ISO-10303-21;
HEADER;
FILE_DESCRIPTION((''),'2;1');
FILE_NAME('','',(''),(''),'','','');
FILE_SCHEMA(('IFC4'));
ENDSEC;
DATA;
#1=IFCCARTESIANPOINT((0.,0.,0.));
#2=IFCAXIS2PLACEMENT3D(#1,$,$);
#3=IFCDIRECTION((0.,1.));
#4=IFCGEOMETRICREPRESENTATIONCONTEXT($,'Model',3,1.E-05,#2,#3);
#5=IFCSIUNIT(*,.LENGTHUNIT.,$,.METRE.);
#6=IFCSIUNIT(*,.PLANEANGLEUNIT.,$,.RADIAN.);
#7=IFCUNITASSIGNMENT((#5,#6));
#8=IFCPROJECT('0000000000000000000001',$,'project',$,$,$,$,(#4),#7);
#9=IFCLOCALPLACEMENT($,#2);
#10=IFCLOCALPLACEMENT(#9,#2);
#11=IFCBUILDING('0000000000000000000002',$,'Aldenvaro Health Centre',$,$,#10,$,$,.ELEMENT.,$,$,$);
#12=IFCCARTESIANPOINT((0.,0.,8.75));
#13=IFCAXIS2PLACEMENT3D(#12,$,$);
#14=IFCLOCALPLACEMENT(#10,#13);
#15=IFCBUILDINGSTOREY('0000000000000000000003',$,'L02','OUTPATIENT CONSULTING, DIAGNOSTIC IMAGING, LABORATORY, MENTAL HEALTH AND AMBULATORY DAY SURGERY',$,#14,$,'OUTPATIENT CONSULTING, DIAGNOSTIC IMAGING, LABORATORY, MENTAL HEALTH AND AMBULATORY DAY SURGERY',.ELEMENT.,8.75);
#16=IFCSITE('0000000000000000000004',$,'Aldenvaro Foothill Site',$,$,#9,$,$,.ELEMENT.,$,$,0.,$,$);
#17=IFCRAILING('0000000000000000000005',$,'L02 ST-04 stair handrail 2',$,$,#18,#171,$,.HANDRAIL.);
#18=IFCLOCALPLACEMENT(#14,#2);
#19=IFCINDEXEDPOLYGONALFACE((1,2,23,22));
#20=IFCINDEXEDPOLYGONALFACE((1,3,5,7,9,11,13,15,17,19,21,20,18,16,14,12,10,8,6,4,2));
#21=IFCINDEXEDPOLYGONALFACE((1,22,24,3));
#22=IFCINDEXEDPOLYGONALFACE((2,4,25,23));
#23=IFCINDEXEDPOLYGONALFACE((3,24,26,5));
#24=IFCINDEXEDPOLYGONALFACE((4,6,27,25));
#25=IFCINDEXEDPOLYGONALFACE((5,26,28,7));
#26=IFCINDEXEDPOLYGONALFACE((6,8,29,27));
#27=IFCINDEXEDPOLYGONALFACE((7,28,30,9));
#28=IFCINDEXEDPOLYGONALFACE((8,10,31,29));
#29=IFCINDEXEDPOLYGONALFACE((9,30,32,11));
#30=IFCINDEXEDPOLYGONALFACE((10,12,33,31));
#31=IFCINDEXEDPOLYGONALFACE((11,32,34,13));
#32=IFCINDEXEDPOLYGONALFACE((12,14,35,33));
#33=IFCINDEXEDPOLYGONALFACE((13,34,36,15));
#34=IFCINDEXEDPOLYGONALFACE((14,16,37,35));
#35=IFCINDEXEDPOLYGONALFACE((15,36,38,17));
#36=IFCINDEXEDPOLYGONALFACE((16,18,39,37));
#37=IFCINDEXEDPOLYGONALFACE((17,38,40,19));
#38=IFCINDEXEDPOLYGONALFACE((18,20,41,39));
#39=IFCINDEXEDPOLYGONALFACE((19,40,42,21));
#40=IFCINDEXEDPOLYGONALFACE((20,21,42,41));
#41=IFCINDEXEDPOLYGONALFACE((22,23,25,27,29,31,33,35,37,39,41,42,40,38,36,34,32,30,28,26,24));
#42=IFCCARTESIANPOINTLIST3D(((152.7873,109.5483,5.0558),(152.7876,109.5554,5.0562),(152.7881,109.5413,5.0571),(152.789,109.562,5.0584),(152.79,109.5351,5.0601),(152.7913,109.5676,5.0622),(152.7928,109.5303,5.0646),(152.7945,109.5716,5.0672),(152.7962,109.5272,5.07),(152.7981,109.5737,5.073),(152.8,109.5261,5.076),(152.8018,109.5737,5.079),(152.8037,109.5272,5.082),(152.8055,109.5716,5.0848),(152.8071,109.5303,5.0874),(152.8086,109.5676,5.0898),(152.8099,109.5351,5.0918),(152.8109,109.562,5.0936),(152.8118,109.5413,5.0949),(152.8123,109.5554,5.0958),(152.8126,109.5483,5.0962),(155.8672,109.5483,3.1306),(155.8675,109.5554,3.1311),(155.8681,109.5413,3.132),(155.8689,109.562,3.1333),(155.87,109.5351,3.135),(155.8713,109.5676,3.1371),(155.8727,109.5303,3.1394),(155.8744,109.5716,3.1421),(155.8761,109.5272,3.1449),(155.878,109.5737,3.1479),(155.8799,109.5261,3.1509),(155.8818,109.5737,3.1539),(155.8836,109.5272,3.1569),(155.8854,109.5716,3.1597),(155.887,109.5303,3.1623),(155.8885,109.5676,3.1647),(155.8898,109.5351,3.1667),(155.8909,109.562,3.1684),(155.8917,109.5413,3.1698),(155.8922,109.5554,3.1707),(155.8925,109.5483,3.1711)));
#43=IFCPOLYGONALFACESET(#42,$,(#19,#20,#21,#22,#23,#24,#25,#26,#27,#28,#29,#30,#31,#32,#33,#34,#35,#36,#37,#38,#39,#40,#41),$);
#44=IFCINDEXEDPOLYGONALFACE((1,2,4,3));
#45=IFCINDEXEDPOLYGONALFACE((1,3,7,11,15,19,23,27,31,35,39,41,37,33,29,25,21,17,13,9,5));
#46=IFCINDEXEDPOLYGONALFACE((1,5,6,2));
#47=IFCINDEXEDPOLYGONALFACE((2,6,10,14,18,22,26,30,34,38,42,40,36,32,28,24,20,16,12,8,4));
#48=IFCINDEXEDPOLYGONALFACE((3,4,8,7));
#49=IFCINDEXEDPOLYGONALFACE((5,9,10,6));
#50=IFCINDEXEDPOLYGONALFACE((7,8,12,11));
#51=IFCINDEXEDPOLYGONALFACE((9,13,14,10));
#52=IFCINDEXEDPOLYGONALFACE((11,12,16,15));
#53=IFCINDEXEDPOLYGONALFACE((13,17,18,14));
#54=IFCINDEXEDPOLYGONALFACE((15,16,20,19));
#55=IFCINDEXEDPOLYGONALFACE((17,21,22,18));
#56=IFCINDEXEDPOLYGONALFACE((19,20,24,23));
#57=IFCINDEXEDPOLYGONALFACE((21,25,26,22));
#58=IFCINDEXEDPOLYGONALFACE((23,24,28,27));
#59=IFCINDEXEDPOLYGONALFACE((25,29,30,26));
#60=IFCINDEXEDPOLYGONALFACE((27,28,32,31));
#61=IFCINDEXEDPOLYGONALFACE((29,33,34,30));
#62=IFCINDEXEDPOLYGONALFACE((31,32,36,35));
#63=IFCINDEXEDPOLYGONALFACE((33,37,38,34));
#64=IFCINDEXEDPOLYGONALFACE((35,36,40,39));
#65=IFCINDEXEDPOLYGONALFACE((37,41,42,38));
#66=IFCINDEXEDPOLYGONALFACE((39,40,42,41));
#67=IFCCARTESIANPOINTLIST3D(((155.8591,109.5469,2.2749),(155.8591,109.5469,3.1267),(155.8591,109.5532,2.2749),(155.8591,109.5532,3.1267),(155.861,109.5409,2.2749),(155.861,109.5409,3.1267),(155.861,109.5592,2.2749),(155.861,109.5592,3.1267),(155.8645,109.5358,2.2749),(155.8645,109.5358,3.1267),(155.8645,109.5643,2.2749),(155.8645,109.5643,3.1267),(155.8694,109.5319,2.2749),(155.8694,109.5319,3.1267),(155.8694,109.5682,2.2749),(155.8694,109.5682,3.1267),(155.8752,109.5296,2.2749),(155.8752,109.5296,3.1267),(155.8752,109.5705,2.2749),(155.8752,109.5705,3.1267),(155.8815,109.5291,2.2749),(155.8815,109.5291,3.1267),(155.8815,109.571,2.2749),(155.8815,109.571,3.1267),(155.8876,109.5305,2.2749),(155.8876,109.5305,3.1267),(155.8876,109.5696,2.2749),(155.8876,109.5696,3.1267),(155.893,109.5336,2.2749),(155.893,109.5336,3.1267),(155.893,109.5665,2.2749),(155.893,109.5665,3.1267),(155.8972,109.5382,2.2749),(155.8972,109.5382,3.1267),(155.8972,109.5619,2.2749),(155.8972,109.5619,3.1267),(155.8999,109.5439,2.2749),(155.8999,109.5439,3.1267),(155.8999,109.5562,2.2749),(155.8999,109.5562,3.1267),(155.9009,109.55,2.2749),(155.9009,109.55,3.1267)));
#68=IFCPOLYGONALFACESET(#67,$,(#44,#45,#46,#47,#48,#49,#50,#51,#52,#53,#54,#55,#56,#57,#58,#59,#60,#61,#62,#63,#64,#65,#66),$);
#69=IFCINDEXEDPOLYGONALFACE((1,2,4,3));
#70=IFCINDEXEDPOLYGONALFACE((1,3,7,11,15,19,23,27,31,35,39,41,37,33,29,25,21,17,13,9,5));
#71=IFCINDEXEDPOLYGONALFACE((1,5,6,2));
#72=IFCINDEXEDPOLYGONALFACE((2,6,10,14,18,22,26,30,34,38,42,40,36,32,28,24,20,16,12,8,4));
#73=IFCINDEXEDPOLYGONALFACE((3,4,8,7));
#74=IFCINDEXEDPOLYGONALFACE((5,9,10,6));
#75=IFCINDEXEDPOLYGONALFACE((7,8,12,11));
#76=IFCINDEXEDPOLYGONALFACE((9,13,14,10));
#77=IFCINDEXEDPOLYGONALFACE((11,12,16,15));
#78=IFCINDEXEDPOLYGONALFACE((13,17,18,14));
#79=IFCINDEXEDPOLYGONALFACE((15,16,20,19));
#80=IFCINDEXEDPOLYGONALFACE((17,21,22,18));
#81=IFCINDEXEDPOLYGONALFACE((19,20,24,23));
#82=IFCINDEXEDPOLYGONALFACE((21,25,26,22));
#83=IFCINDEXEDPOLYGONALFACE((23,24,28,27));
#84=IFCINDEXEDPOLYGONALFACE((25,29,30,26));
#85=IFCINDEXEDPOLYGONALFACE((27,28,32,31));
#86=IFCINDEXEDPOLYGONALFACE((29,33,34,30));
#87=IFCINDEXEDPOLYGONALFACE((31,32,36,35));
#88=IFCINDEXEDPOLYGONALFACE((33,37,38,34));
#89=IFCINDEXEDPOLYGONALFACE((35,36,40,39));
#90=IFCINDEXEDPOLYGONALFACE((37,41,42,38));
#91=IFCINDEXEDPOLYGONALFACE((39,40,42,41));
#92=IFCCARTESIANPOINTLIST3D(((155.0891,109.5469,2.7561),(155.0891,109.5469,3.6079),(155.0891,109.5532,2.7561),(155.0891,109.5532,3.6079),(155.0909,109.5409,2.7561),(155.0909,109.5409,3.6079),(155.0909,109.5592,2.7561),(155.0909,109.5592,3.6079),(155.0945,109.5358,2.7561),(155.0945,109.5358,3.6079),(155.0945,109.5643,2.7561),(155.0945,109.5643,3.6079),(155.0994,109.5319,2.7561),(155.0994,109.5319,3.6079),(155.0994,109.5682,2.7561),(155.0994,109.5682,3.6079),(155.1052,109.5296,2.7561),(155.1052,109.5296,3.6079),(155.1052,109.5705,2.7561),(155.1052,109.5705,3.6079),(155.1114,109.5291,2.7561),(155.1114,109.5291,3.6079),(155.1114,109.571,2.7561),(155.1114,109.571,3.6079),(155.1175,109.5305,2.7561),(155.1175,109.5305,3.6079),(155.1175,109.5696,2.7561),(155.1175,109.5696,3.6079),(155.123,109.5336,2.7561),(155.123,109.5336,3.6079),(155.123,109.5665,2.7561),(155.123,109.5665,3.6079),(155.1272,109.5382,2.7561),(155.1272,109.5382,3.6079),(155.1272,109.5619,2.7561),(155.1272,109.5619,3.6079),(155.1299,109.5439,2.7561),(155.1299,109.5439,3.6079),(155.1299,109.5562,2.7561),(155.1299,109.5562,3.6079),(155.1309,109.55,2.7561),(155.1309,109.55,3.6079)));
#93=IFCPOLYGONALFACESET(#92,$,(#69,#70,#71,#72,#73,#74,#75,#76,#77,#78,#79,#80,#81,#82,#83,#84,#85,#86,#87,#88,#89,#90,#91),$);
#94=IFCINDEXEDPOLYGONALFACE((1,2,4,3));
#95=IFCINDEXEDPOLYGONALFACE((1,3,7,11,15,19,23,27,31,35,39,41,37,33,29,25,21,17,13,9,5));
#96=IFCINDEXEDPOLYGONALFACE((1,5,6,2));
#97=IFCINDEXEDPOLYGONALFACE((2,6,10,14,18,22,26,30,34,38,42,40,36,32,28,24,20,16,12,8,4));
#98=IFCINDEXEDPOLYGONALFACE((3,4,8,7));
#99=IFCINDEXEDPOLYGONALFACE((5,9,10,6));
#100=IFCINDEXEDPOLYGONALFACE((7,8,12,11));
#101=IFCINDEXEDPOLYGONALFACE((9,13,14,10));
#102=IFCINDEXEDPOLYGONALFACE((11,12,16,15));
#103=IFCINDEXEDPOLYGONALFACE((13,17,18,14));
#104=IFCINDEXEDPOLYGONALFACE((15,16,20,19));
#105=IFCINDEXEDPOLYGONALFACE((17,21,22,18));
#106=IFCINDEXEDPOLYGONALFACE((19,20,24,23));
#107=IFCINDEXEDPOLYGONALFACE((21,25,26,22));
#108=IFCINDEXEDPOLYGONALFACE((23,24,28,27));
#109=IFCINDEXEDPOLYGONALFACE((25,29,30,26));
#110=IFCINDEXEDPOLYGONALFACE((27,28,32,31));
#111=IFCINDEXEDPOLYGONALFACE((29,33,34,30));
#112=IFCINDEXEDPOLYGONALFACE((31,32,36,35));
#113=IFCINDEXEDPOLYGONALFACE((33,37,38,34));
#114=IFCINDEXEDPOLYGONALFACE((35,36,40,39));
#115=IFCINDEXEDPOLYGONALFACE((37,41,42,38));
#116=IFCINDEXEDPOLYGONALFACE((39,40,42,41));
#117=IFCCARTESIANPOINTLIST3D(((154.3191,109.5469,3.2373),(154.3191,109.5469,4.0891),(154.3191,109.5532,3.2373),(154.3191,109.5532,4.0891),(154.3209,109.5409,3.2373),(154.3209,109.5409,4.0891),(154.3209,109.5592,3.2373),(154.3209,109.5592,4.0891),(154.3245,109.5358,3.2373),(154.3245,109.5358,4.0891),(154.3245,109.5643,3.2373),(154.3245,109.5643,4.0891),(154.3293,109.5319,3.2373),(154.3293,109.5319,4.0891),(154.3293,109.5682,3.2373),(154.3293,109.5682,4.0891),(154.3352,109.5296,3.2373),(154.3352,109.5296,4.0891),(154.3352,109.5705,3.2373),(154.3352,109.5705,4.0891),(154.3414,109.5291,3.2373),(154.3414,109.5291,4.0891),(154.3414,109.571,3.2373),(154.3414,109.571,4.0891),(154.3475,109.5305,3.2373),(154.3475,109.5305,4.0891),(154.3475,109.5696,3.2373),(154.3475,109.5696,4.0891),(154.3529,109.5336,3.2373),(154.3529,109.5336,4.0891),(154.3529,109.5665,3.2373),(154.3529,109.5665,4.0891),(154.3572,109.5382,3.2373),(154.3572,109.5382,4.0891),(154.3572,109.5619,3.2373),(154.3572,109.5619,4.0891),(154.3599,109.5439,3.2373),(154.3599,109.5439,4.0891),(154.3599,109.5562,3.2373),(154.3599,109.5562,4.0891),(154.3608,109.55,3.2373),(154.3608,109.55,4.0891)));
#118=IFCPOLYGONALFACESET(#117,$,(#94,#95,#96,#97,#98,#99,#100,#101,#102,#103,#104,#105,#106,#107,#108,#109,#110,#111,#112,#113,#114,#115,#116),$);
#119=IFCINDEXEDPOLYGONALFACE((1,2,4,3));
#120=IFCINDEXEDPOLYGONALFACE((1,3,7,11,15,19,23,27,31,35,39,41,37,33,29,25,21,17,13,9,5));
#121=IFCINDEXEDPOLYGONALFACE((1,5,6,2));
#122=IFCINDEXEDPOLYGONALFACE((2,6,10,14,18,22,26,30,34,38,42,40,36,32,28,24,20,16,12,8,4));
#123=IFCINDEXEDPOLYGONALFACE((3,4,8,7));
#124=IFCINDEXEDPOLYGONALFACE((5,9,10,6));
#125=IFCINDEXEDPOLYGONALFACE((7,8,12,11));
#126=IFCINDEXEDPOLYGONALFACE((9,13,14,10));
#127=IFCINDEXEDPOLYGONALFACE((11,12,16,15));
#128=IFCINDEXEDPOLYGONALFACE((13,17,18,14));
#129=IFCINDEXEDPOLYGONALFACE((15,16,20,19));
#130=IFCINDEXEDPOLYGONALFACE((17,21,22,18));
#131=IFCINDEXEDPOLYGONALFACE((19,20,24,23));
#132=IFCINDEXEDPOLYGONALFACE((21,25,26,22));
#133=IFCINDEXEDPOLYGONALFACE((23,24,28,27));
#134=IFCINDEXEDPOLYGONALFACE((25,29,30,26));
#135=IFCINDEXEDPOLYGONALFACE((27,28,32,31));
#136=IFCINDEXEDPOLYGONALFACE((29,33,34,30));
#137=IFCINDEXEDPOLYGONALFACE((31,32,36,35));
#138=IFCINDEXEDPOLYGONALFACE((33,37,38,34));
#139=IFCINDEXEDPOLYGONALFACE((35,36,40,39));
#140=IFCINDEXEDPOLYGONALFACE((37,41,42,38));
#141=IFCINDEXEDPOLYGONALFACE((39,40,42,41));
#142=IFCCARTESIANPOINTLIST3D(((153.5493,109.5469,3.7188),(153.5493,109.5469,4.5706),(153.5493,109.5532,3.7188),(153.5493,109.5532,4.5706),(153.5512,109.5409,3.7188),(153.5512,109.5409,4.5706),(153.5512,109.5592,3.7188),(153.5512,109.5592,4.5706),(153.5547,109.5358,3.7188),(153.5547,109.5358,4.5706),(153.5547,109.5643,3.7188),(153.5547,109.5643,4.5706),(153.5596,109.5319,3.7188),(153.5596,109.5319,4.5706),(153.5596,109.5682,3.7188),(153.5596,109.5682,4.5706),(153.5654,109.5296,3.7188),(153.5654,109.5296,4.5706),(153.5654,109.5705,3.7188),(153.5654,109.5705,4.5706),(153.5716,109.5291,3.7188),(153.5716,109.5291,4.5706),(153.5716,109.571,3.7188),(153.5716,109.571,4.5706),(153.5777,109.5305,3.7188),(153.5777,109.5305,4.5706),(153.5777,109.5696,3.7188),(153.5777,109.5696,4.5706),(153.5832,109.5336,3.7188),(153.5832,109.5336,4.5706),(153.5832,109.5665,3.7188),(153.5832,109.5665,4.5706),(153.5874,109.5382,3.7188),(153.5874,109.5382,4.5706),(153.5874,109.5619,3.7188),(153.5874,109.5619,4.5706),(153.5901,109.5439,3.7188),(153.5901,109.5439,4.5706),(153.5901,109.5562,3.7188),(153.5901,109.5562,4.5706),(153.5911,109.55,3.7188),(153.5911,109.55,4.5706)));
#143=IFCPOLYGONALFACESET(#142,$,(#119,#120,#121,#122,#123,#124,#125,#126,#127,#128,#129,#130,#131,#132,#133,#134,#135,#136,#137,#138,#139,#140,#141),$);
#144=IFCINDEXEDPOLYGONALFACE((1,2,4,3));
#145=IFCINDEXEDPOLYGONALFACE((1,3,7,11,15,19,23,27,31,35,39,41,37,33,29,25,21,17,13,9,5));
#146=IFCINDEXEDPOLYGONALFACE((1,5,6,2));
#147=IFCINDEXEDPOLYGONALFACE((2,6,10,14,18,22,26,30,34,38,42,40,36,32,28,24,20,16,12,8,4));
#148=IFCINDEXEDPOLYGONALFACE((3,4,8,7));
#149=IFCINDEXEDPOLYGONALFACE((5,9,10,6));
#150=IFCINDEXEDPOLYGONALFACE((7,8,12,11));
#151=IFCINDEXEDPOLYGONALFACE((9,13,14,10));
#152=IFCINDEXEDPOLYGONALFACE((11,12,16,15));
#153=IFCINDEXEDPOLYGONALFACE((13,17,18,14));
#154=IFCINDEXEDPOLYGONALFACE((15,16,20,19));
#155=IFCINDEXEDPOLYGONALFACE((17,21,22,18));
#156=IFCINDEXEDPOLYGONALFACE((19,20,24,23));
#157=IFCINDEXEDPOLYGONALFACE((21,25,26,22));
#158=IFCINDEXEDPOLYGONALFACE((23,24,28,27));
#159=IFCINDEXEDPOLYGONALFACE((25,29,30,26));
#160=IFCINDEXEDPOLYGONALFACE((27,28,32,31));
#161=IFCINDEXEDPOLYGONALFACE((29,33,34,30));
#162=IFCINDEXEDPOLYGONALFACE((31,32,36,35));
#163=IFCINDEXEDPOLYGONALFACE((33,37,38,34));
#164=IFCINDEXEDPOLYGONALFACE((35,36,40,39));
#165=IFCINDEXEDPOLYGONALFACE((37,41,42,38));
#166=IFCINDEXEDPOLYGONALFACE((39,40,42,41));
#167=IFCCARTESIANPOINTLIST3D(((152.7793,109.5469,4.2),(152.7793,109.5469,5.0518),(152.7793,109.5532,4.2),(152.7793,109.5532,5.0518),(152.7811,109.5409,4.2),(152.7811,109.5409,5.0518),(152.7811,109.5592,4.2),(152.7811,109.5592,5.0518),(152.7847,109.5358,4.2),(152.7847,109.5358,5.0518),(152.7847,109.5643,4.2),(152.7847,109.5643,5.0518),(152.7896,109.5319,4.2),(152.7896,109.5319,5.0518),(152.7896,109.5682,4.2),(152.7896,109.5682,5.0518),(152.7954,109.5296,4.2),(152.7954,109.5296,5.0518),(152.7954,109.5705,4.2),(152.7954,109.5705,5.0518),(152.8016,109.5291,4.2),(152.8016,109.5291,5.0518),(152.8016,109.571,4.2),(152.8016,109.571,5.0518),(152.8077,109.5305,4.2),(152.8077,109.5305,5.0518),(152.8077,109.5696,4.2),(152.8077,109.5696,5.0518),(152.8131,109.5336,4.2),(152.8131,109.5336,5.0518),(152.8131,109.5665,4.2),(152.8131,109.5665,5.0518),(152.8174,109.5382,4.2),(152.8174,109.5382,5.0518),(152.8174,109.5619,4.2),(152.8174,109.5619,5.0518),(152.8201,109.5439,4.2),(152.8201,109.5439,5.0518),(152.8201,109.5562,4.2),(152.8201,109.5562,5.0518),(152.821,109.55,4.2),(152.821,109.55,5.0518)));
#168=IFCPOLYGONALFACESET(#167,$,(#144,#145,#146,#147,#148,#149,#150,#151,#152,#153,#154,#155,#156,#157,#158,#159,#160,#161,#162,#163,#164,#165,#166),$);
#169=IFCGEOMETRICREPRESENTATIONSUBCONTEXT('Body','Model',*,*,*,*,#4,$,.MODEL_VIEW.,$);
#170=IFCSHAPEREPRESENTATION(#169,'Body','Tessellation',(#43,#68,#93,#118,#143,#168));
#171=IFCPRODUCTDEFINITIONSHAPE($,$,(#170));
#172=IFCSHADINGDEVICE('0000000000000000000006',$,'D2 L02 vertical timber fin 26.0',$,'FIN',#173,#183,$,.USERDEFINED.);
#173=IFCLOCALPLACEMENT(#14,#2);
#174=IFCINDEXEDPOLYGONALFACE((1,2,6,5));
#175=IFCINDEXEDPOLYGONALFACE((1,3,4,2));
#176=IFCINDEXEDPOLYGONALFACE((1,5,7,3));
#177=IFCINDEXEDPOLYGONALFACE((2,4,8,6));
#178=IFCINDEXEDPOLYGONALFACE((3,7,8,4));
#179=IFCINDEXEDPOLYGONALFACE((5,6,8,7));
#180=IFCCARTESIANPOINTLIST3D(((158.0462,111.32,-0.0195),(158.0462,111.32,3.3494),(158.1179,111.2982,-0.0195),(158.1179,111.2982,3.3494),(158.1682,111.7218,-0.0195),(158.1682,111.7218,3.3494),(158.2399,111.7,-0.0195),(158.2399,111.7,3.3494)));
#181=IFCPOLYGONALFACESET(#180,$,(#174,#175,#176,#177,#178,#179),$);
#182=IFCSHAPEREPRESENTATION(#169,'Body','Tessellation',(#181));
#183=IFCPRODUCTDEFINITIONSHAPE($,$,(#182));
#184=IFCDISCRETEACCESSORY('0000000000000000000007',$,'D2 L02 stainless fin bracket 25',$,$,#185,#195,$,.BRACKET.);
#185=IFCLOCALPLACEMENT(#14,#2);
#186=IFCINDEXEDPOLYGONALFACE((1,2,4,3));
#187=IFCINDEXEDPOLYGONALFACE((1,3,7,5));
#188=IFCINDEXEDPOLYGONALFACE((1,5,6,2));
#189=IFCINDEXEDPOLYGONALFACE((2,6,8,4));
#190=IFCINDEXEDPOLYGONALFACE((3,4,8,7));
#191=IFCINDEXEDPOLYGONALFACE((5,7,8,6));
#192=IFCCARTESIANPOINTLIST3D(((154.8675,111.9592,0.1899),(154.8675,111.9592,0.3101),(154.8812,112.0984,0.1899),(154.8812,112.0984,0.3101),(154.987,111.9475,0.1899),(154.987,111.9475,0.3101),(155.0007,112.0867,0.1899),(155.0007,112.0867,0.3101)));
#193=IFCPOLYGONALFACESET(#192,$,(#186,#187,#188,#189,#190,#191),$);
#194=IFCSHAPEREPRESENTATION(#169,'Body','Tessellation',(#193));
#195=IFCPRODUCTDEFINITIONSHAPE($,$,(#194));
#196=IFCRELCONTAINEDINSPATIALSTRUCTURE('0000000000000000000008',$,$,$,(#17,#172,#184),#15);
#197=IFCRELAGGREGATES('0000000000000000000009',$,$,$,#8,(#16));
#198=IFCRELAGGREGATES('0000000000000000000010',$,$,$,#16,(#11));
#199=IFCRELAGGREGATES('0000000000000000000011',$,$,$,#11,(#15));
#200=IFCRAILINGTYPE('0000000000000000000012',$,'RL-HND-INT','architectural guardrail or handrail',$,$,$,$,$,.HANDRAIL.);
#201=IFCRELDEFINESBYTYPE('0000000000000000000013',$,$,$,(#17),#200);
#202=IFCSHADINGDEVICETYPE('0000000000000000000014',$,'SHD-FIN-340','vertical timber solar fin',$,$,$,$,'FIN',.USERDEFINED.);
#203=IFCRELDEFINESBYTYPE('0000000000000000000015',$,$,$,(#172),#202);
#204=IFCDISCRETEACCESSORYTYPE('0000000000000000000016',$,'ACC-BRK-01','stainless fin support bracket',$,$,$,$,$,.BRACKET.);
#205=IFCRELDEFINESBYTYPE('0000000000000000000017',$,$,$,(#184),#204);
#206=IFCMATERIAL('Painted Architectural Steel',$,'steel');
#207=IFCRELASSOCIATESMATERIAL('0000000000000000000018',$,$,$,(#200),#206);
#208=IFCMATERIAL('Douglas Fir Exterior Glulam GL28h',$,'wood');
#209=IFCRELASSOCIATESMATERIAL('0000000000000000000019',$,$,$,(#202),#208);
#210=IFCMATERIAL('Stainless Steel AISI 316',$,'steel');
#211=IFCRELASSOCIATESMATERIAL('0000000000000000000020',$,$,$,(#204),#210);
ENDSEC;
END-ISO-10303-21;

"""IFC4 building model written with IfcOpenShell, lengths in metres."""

from ifc_helpers import new_model, si_unit, direction, frame, origin, origin_2d, place, context, subcontext, project, spatial, rectangle, circle, extrude, material, type_object, element, save


model = new_model("IFC4")

# Units and contexts
model_context = context("Model", 3, precision=1e-05, world=origin(), true_north=direction((0.0, 1.0)))
body_context = subcontext(model_context, "Body", "Model", "MODEL_VIEW")
ifc_project = project(units=[si_unit("LENGTHUNIT", "METRE"), si_unit("PLANEANGLEUNIT", "RADIAN")], contexts=[model_context])

# Site, building, storey
site_placement = place(None, origin())
site = spatial("IfcSite", under=ifc_project, at=site_placement, Name="Aldenvaro Foothill Site", CompositionType="ELEMENT", RefElevation=0.0)
building_placement = place(site_placement, origin())
building = spatial("IfcBuilding", under=site, at=building_placement, Name="Aldenvaro Health Centre", CompositionType="ELEMENT")
storey_placement = place(building_placement, frame((0.0, 0.0, 8.75)))
storey = spatial("IfcBuildingStorey", under=building, at=storey_placement, Name="L02", Description="OUTPATIENT CONSULTING, DIAGNOSTIC IMAGING, LABORATORY, MENTAL HEALTH AND AMBULATORY DAY SURGERY", LongName="OUTPATIENT CONSULTING, DIAGNOSTIC IMAGING, LABORATORY, MENTAL HEALTH AND AMBULATORY DAY SURGERY", CompositionType="ELEMENT", Elevation=8.75)

# Railing
ifc_material_1 = material(Name="Painted Architectural Steel", Category="steel")
railing_type_1 = type_object("IfcRailingType", Name="RL-HND-INT", Description="architectural guardrail or handrail", PredefinedType="HANDRAIL", material=ifc_material_1)
railing_1_placement = place(storey_placement, frame((155.8799, 109.55, 2.2749)))
element("IfcRailing", 1, at=railing_1_placement, inside=storey, type_object=railing_type_1, Name="L02 ST-04 stair handrail 2", PredefinedType="HANDRAIL", context=body_context, shape_type="SweptSolid", body=[
    extrude(circle(Radius=0.0239, at=origin_2d()), frame((0.0, 0.0, 0.876), z_axis=(-0.847979, 0.0, 0.530029), x_axis=(0.0, -1.0, 0.0)), (0.0, 0.0, 1.0), 3.6321),
    extrude(circle(Radius=0.021, at=origin_2d()), origin(), (0.0, 0.0, 1.0), 0.8518),
    extrude(circle(Radius=0.021, at=origin_2d()), frame((-0.77, 0.0, 0.4812)), (0.0, 0.0, 1.0), 0.8518),
    extrude(circle(Radius=0.021, at=origin_2d()), frame((-1.54, 0.0, 0.9624)), (0.0, 0.0, 1.0), 0.8518),
    extrude(circle(Radius=0.021, at=origin_2d()), frame((-2.3098, 0.0, 1.4438)), (0.0, 0.0, 1.0), 0.8518),
    extrude(circle(Radius=0.021, at=origin_2d()), frame((-3.0798, 0.0, 1.925)), (0.0, 0.0, 1.0), 0.8518),
])

# Shading device
ifc_material_2 = material(Name="Douglas Fir Exterior Glulam GL28h", Category="wood")
shading_device_type = type_object("IfcShadingDeviceType", Name="SHD-FIN-340", Description="vertical timber solar fin", ElementType="FIN", PredefinedType="USERDEFINED", material=ifc_material_2)
shading_device_placement = place(storey_placement, frame((158.1431, 111.51, -0.0195), z_axis=(0.0, 0.0, 1.0), x_axis=(0.956893, -0.290441, 0.0)))
element("IfcShadingDevice", 2, at=shading_device_placement, inside=storey, type_object=shading_device_type, Name="D2 L02 vertical timber fin 26.0", ObjectType="FIN", PredefinedType="USERDEFINED", context=body_context, shape_type="SweptSolid", body=[
    extrude(rectangle(XDim=0.075, YDim=0.4199, at=origin_2d()), origin(), (0.0, 0.0, 1.0), 3.3689),
])

# Discrete accessory
ifc_material_3 = material(Name="Stainless Steel AISI 316", Category="steel")
discrete_accessory_type = type_object("IfcDiscreteAccessoryType", Name="ACC-BRK-01", Description="stainless fin support bracket", PredefinedType="BRACKET", material=ifc_material_3)
discrete_accessory_placement = place(storey_placement, frame((154.9341, 112.0229, 0.1899), z_axis=(0.0, 0.0, 1.0), x_axis=(0.995195, -0.097915, 0.0)))
element("IfcDiscreteAccessory", 3, at=discrete_accessory_placement, inside=storey, type_object=discrete_accessory_type, Name="D2 L02 stainless fin bracket 25", PredefinedType="BRACKET", context=body_context, shape_type="SweptSolid", body=[
    extrude(rectangle(XDim=0.1201, YDim=0.1399, at=origin_2d()), origin(), (0.0, 0.0, 1.0), 0.1201),
])

save(model, "model.ifc")
